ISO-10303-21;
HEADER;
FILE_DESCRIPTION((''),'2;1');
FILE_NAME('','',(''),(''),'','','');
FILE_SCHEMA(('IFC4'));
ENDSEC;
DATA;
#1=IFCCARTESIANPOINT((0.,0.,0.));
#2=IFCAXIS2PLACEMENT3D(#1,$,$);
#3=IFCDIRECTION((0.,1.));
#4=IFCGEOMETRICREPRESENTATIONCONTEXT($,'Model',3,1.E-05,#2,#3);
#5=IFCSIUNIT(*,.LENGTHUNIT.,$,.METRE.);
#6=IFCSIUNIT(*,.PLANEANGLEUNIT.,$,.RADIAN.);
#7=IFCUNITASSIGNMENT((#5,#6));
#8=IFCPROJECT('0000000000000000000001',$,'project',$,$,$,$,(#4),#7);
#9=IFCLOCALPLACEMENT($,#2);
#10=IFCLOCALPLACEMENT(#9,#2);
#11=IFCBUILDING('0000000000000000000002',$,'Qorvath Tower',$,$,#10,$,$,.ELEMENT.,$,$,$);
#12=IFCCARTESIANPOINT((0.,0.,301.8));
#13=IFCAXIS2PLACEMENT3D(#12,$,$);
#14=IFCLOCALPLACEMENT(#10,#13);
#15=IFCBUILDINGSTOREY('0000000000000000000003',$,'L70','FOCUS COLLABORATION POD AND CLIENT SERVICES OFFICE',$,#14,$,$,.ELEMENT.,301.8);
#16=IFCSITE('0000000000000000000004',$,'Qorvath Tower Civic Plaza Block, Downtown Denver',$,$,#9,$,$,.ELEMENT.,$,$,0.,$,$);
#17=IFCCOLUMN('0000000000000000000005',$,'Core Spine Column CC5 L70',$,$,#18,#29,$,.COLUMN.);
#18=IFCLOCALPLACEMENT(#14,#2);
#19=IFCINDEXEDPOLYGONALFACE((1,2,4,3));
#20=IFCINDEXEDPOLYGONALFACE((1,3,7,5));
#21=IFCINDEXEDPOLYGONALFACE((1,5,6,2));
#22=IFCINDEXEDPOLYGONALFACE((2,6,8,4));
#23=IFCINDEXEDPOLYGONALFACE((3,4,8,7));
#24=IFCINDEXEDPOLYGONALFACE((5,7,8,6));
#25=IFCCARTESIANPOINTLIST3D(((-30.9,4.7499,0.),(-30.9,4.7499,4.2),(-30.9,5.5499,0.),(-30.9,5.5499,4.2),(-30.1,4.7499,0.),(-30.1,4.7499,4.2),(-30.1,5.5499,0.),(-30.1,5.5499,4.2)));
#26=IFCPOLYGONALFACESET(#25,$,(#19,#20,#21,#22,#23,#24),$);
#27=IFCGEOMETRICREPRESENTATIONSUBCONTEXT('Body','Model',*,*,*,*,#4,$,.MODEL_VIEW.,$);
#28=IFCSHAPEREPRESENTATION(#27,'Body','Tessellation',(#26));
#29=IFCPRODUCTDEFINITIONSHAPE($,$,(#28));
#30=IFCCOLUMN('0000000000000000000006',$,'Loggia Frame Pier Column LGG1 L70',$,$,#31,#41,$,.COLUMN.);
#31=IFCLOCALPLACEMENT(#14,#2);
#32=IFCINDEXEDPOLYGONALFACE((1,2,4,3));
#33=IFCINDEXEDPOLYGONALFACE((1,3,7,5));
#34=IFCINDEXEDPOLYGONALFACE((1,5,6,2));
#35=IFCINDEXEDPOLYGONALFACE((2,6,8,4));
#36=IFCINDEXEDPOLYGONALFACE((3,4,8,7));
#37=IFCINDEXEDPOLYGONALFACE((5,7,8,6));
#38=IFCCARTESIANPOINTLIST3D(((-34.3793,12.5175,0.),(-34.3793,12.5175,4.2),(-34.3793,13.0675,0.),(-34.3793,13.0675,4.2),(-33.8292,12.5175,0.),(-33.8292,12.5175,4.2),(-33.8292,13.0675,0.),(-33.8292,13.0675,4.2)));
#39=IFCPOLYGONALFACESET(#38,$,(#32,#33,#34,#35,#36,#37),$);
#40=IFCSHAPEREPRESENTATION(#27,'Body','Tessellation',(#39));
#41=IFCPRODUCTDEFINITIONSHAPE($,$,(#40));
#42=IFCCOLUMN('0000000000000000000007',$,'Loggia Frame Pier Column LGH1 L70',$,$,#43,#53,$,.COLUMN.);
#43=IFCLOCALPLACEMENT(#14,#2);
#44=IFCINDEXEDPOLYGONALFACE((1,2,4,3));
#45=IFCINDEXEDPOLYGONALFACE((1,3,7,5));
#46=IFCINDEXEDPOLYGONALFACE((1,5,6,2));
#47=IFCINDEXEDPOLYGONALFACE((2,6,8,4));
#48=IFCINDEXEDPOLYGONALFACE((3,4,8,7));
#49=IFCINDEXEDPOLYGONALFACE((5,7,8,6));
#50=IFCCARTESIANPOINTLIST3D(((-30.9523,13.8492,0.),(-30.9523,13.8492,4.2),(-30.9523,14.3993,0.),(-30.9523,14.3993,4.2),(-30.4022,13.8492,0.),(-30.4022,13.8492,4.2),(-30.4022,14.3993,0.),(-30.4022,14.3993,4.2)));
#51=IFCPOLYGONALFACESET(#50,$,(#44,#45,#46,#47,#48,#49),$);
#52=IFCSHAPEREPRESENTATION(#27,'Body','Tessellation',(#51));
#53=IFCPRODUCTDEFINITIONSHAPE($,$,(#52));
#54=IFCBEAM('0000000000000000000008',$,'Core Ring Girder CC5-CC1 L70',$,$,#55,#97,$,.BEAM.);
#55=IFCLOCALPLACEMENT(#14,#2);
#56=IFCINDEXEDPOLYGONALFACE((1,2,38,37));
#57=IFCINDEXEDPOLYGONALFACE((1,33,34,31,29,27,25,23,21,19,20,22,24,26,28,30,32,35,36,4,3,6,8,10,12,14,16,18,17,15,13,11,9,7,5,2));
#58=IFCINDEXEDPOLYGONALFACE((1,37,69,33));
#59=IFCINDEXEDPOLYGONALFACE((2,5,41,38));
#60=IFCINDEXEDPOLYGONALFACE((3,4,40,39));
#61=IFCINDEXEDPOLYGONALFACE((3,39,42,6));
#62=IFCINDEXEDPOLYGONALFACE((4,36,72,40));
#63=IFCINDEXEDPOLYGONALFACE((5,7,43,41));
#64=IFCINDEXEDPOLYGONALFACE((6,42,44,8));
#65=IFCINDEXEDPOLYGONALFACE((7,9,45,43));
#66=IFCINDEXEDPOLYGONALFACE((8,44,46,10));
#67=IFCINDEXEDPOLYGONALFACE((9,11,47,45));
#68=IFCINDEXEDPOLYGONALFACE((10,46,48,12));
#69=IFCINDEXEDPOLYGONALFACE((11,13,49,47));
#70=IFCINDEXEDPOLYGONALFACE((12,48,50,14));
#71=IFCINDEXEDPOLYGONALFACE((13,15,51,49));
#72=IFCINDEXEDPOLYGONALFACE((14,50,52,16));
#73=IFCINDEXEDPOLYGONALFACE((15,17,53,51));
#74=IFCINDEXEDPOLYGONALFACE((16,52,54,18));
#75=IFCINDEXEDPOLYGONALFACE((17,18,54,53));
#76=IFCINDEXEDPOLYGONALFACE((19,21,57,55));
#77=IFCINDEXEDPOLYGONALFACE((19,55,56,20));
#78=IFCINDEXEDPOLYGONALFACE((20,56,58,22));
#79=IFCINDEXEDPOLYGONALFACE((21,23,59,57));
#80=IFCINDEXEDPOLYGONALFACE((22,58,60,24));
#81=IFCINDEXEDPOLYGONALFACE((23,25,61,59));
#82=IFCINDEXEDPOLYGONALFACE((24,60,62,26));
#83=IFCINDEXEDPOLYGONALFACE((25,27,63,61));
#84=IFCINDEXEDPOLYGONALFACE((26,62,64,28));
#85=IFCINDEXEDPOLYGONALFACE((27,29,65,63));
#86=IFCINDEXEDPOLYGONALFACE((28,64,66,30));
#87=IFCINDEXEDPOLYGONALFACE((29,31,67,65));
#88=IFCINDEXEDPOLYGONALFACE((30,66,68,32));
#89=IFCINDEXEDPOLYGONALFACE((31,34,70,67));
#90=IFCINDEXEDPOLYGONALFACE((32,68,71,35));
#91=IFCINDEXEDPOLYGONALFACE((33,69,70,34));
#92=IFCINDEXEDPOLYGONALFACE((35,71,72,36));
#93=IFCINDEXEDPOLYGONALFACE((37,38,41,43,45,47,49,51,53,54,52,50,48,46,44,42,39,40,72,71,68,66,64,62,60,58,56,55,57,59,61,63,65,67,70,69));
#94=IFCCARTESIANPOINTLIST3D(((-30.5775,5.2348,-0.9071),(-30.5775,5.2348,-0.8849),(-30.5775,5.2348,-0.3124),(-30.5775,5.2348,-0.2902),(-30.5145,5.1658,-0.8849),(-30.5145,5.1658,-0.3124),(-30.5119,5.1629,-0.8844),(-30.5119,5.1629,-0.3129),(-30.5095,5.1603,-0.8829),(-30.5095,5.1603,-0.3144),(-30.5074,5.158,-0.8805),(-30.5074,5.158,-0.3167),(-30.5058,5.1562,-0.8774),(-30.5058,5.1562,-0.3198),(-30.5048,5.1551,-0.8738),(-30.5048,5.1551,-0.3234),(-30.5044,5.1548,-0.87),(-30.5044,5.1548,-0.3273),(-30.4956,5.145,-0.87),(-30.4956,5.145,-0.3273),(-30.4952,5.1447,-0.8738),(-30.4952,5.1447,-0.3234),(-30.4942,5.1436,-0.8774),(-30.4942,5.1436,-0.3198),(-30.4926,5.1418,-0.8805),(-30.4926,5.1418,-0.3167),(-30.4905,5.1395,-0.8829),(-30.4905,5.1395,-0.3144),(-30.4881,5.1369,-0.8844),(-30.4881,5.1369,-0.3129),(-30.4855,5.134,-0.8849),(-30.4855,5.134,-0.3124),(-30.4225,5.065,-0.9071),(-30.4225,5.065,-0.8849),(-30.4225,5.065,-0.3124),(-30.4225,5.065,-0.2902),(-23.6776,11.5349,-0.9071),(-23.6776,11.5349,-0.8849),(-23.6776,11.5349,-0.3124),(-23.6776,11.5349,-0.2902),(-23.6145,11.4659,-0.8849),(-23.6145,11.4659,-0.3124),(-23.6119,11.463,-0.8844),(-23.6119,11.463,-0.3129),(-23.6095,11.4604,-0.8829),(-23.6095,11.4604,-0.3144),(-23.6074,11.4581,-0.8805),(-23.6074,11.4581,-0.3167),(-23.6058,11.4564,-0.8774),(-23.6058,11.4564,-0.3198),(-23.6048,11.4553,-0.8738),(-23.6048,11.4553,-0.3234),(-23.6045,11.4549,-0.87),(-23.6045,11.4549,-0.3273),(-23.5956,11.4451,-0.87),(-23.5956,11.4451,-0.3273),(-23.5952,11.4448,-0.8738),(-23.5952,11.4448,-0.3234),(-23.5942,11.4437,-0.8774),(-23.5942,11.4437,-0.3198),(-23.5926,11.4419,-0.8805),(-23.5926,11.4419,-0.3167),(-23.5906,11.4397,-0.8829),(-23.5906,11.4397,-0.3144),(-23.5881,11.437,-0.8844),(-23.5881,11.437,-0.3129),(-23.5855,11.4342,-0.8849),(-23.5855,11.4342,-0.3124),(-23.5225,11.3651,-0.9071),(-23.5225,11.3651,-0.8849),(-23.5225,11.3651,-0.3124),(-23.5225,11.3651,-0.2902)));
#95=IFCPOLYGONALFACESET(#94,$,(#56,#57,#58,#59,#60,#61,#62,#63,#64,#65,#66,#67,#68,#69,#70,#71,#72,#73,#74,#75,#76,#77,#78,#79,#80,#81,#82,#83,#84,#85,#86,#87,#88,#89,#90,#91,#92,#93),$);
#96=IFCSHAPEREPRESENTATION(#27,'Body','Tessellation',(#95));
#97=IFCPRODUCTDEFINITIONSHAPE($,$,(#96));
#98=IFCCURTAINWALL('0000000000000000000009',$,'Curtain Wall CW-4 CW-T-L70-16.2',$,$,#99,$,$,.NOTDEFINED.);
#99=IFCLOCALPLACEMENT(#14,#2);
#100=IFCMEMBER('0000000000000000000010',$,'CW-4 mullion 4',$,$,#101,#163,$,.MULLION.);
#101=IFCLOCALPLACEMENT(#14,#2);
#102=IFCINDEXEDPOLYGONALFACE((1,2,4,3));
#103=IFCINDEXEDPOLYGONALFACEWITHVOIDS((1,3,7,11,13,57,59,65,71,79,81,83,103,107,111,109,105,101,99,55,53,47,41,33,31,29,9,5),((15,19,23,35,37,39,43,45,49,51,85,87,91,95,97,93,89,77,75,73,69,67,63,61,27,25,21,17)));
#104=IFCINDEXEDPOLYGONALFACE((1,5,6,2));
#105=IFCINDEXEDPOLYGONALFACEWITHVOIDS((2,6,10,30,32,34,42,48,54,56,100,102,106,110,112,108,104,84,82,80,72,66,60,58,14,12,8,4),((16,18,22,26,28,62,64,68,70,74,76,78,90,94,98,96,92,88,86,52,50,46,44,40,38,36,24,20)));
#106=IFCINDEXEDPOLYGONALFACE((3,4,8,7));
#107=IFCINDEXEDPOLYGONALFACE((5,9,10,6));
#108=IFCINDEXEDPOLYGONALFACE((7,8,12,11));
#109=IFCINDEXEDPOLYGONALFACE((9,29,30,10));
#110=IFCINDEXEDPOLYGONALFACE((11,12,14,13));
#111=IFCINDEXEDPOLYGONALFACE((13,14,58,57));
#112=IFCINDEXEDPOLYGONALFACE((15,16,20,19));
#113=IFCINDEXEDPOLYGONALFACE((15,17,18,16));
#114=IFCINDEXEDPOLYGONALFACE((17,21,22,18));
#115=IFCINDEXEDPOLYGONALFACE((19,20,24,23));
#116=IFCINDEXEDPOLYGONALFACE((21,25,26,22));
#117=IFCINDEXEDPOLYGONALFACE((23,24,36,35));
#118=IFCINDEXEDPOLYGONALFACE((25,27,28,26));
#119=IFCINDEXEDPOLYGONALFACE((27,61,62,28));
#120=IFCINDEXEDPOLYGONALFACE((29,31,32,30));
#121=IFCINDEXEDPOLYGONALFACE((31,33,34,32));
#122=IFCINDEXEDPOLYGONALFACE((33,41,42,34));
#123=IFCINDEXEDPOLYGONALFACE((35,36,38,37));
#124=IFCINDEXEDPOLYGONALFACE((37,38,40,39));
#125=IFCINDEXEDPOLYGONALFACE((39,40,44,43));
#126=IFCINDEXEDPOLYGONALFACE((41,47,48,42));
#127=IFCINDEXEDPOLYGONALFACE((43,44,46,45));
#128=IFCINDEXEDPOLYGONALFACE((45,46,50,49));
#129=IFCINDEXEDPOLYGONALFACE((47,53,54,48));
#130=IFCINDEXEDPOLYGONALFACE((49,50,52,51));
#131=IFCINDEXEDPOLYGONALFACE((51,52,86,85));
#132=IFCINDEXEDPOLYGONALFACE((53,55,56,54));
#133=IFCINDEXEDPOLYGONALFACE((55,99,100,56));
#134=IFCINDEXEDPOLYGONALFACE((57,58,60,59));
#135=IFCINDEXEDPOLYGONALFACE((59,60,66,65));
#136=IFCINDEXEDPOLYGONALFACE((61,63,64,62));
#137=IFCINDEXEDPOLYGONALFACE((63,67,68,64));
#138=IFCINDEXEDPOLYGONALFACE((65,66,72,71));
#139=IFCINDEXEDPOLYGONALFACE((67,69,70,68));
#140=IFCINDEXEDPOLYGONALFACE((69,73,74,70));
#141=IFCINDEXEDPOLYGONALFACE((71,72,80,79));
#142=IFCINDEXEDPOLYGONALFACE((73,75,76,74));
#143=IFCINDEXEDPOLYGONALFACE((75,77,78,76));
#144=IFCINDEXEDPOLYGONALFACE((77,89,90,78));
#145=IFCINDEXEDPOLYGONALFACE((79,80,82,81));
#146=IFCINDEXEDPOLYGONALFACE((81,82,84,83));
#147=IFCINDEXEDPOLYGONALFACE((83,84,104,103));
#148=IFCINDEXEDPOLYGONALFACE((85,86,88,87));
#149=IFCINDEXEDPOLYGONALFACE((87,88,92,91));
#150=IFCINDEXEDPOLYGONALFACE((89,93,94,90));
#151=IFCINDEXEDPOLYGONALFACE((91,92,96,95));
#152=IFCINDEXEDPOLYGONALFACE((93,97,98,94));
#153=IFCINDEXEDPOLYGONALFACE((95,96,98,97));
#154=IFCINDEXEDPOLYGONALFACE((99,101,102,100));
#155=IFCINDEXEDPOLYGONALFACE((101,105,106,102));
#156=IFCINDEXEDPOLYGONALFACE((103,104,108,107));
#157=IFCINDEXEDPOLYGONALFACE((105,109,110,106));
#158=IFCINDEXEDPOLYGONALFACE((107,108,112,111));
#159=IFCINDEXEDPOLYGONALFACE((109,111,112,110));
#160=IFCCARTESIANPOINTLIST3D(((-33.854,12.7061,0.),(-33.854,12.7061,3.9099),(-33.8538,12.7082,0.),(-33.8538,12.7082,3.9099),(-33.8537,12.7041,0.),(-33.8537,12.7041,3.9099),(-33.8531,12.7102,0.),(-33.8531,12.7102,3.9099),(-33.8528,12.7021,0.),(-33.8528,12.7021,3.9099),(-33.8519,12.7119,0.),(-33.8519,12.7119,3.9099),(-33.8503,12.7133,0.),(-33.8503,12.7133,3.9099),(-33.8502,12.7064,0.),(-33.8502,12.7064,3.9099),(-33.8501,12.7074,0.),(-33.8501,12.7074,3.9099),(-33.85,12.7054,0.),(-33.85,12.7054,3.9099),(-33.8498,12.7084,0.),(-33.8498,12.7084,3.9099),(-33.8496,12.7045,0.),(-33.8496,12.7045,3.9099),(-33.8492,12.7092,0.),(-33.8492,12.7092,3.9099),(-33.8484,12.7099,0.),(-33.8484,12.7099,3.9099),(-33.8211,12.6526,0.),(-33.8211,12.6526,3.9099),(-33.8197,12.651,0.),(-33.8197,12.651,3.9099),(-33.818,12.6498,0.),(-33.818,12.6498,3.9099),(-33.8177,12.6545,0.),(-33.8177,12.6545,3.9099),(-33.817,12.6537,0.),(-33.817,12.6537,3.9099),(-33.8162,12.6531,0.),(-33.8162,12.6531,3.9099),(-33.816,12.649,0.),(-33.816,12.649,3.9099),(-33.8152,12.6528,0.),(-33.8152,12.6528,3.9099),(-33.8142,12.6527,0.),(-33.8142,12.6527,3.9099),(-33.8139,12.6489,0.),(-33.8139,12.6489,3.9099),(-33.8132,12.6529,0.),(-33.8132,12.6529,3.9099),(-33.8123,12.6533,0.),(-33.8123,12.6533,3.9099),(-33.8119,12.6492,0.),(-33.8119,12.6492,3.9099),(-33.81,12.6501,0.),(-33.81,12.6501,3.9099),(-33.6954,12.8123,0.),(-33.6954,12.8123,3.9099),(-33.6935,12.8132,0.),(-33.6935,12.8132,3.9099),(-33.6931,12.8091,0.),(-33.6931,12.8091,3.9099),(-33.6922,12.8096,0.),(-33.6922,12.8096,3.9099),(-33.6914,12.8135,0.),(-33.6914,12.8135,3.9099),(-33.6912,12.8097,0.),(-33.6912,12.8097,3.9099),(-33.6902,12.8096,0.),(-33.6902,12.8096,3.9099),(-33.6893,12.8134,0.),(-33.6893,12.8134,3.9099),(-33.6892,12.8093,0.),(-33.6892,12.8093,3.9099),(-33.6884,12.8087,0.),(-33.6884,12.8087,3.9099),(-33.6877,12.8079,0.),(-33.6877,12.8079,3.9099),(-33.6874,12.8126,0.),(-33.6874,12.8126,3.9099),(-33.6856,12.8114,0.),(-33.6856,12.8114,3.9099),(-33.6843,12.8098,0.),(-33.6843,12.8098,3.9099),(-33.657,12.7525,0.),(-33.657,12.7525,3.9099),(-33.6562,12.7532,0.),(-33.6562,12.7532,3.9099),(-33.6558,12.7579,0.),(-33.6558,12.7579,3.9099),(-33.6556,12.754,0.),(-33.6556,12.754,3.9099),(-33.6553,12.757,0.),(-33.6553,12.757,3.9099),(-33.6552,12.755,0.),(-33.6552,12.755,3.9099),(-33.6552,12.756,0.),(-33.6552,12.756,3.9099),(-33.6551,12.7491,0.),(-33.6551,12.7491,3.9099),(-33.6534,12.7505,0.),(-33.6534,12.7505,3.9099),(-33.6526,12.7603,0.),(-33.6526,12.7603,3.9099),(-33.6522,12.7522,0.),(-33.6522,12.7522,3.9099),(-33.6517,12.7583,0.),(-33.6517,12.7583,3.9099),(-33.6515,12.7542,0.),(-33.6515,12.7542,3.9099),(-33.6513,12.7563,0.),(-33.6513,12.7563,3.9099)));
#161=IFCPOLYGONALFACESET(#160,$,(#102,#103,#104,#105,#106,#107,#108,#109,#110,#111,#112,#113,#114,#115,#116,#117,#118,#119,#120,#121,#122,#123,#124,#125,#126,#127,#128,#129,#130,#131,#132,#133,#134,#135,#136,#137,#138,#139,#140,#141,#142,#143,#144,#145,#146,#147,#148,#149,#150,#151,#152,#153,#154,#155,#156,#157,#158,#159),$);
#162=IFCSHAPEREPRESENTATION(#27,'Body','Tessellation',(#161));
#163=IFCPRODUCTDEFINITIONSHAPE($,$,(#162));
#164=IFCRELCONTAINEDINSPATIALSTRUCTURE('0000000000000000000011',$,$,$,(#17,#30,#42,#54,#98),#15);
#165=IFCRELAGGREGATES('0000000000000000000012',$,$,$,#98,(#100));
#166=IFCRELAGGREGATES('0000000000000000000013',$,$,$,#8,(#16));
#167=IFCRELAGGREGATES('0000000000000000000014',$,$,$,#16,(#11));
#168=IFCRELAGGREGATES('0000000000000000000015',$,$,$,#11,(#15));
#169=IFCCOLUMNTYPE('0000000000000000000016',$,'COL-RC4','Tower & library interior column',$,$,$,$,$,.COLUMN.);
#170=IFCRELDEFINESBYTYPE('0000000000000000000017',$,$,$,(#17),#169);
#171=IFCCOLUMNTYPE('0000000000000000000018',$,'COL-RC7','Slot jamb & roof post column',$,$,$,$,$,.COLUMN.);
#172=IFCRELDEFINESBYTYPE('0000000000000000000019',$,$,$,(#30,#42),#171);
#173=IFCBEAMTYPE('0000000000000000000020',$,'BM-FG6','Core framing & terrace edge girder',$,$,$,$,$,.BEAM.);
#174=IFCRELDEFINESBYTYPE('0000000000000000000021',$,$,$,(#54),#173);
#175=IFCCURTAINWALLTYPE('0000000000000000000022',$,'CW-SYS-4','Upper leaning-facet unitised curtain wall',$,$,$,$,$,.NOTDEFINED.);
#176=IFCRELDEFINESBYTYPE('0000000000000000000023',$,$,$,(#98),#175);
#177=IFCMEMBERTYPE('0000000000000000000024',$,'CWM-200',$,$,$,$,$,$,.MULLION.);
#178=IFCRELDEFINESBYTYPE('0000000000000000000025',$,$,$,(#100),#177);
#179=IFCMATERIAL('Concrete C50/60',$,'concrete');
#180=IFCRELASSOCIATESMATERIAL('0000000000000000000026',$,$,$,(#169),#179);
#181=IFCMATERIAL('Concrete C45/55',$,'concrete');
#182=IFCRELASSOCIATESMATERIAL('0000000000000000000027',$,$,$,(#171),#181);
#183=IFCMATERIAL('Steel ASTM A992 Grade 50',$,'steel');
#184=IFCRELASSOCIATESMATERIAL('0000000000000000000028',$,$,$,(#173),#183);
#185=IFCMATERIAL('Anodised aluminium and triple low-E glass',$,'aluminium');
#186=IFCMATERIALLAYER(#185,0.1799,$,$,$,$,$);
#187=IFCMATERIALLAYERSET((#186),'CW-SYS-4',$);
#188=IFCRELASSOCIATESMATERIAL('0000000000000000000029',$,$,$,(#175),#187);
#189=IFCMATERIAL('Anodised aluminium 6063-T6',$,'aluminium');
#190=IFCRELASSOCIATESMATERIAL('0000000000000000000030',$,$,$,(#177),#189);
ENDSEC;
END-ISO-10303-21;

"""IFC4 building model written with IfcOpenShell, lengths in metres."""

from ifc_helpers import new_model, si_unit, direction, frame, origin, origin_2d, place, context, subcontext, project, spatial, rectangle, hollow_rectangle, i_section, extrude, material, layer, layer_set, material_profile, profile_set, type_object, element, aggregate, save


model = new_model("IFC4")

# Units and contexts
model_context = context("Model", 3, precision=1e-05, world=origin(), true_north=direction((0.0, 1.0)))
body_context = subcontext(model_context, "Body", "Model", "MODEL_VIEW")
ifc_project = project(units=[si_unit("LENGTHUNIT", "METRE"), si_unit("PLANEANGLEUNIT", "RADIAN")], contexts=[model_context])

# Site, building, storey
site_placement = place(None, origin())
site = spatial("IfcSite", under=ifc_project, at=site_placement, Name="Qorvath Tower Civic Plaza Block, Downtown Denver", CompositionType="ELEMENT", RefElevation=0.0)
building_placement = place(site_placement, origin())
building = spatial("IfcBuilding", under=site, at=building_placement, Name="Qorvath Tower", CompositionType="ELEMENT")
storey_placement = place(building_placement, frame((0.0, 0.0, 301.8)))
storey = spatial("IfcBuildingStorey", under=building, at=storey_placement, Name="L70", Description="FOCUS COLLABORATION POD AND CLIENT SERVICES OFFICE", CompositionType="ELEMENT", Elevation=301.8)

# Columns
ifc_material_1 = material(Name="Concrete C50/60", Category="concrete")
ifc_material_profile_1 = material_profile(ifc_material_1, rectangle(XDim=0.8, YDim=0.8, at=origin_2d()), Name="RC 800x800")
ifc_profile_set_1 = profile_set([ifc_material_profile_1], Name="Concrete C50/60")
column_type_1 = type_object("IfcColumnType", Name="COL-RC4", Description="Tower & library interior column", PredefinedType="COLUMN", material=ifc_profile_set_1)
column_placement = place(storey_placement, frame((-30.5, 5.1499, 0.0), z_axis=(0.0, 0.0, 1.0), x_axis=(1.0, 0.0, 0.0)))
element("IfcColumn", 1, at=column_placement, inside=storey, type_object=column_type_1, Name="Core Spine Column CC5 L70", PredefinedType="COLUMN", context=body_context, shape_type="SweptSolid", body=[
    extrude(rectangle(XDim=0.8, YDim=0.8, at=origin_2d()), origin(), (0.0, 0.0, 1.0), 4.2),
])
ifc_material_2 = material(Name="Concrete C45/55", Category="concrete")
ifc_material_profile_2 = material_profile(ifc_material_2, rectangle(XDim=0.55, YDim=0.55, at=origin_2d()), Name="RC 550x550")
ifc_profile_set_2 = profile_set([ifc_material_profile_2], Name="Concrete C45/55")
column_type_2 = type_object("IfcColumnType", Name="COL-RC7", Description="Slot jamb & roof post column", PredefinedType="COLUMN", material=ifc_profile_set_2)
for number, where, z_axis, x_axis, name in (
    (2, (-34.1042, 12.7925, 0.0), (0.0, 0.0, 1.0), (1.0, 0.0, 0.0), "Loggia Frame Pier Column LGG1 L70"),
    (3, (-30.6772, 14.1243, 0.0), (0.0, 0.0, 1.0), (1.0, 0.0, 0.0), "Loggia Frame Pier Column LGH1 L70"),
):
    element("IfcColumn", number, at=place(storey_placement, frame(where, z_axis=z_axis, x_axis=x_axis)), inside=storey, type_object=column_type_2, Name=name, PredefinedType="COLUMN", context=body_context, shape_type="SweptSolid", body=[
        extrude(rectangle(XDim=0.55, YDim=0.55, at=origin_2d()), origin(), (0.0, 0.0, 1.0), 4.2),
    ])

# Beam
ifc_material_3 = material(Name="Steel ASTM A992 Grade 50", Category="steel")
ifc_material_profile_3 = material_profile(ifc_material_3, i_section(OverallWidth=0.23, OverallDepth=0.6169, WebThickness=0.0132, FlangeThickness=0.0222, FilletRadius=0.0149, at=origin_2d()), Name="W24x94")
ifc_profile_set_3 = profile_set([ifc_material_profile_3], Name="Steel ASTM A992 Grade 50")
beam_type = type_object("IfcBeamType", Name="BM-FG6", Description="Core framing & terrace edge girder", PredefinedType="BEAM", material=ifc_profile_set_3)
beam_placement = place(storey_placement, frame((-30.5, 5.1499, -0.5986), z_axis=(0.738478, 0.674277, 0.0), x_axis=(-0.674277, 0.738478, 0.0)))
element("IfcBeam", 4, at=beam_placement, inside=storey, type_object=beam_type, Name="Core Ring Girder CC5-CC1 L70", PredefinedType="BEAM", context=body_context, shape_type="SweptSolid", body=[
    extrude(i_section(OverallWidth=0.23, OverallDepth=0.6169, WebThickness=0.0132, FlangeThickness=0.0222, FilletRadius=0.0149, at=origin_2d()), origin(), (0.0, 0.0, 1.0), 9.3435),
])

# Curtain wall, member
ifc_material_4 = material(Name="Anodised aluminium and triple low-E glass", Category="aluminium")
ifc_layer_1 = layer(ifc_material_4, 0.1799)
ifc_layer_set_1 = layer_set([ifc_layer_1], Name="CW-SYS-4")
curtain_wall_type = type_object("IfcCurtainWallType", Name="CW-SYS-4", Description="Upper leaning-facet unitised curtain wall", PredefinedType="NOTDEFINED", material=ifc_layer_set_1)
curtain_wall_1_placement = place(storey_placement, origin())
curtain_wall_1 = element("IfcCurtainWall", 5, at=curtain_wall_1_placement, inside=storey, type_object=curtain_wall_type, Name="Curtain Wall CW-4 CW-T-L70-16.2", PredefinedType="NOTDEFINED")
ifc_material_5 = material(Name="Anodised aluminium 6063-T6", Category="aluminium")
ifc_material_profile_4 = material_profile(ifc_material_5, hollow_rectangle(XDim=0.075, YDim=0.2, WallThickness=0.0039, InnerFilletRadius=0.0039, OuterFilletRadius=0.0081, at=origin_2d()), Name="CWM 200x75")
ifc_profile_set_4 = profile_set([ifc_material_profile_4], Name="Anodised aluminium 6063-T6")
member_type_1 = type_object("IfcMemberType", Name="CWM-200", PredefinedType="MULLION", material=ifc_profile_set_4)
member_1_placement = place(storey_placement, frame((-33.7527, 12.7312, 0.0), z_axis=(0.0, 0.0, 1.0), x_axis=(0.538534, -0.842604, 0.0)))
member_1 = element("IfcMember", 6, at=member_1_placement, type_object=member_type_1, Name="CW-4 mullion 4", PredefinedType="MULLION", context=body_context, shape_type="SweptSolid", body=[
    extrude(hollow_rectangle(XDim=0.075, YDim=0.2, WallThickness=0.0039, InnerFilletRadius=0.0039, OuterFilletRadius=0.0081, at=origin_2d()), origin(), (0.0, 0.0, 1.0), 3.9099),
])

aggregate(curtain_wall_1, [member_1])

save(model, "model.ifc")
